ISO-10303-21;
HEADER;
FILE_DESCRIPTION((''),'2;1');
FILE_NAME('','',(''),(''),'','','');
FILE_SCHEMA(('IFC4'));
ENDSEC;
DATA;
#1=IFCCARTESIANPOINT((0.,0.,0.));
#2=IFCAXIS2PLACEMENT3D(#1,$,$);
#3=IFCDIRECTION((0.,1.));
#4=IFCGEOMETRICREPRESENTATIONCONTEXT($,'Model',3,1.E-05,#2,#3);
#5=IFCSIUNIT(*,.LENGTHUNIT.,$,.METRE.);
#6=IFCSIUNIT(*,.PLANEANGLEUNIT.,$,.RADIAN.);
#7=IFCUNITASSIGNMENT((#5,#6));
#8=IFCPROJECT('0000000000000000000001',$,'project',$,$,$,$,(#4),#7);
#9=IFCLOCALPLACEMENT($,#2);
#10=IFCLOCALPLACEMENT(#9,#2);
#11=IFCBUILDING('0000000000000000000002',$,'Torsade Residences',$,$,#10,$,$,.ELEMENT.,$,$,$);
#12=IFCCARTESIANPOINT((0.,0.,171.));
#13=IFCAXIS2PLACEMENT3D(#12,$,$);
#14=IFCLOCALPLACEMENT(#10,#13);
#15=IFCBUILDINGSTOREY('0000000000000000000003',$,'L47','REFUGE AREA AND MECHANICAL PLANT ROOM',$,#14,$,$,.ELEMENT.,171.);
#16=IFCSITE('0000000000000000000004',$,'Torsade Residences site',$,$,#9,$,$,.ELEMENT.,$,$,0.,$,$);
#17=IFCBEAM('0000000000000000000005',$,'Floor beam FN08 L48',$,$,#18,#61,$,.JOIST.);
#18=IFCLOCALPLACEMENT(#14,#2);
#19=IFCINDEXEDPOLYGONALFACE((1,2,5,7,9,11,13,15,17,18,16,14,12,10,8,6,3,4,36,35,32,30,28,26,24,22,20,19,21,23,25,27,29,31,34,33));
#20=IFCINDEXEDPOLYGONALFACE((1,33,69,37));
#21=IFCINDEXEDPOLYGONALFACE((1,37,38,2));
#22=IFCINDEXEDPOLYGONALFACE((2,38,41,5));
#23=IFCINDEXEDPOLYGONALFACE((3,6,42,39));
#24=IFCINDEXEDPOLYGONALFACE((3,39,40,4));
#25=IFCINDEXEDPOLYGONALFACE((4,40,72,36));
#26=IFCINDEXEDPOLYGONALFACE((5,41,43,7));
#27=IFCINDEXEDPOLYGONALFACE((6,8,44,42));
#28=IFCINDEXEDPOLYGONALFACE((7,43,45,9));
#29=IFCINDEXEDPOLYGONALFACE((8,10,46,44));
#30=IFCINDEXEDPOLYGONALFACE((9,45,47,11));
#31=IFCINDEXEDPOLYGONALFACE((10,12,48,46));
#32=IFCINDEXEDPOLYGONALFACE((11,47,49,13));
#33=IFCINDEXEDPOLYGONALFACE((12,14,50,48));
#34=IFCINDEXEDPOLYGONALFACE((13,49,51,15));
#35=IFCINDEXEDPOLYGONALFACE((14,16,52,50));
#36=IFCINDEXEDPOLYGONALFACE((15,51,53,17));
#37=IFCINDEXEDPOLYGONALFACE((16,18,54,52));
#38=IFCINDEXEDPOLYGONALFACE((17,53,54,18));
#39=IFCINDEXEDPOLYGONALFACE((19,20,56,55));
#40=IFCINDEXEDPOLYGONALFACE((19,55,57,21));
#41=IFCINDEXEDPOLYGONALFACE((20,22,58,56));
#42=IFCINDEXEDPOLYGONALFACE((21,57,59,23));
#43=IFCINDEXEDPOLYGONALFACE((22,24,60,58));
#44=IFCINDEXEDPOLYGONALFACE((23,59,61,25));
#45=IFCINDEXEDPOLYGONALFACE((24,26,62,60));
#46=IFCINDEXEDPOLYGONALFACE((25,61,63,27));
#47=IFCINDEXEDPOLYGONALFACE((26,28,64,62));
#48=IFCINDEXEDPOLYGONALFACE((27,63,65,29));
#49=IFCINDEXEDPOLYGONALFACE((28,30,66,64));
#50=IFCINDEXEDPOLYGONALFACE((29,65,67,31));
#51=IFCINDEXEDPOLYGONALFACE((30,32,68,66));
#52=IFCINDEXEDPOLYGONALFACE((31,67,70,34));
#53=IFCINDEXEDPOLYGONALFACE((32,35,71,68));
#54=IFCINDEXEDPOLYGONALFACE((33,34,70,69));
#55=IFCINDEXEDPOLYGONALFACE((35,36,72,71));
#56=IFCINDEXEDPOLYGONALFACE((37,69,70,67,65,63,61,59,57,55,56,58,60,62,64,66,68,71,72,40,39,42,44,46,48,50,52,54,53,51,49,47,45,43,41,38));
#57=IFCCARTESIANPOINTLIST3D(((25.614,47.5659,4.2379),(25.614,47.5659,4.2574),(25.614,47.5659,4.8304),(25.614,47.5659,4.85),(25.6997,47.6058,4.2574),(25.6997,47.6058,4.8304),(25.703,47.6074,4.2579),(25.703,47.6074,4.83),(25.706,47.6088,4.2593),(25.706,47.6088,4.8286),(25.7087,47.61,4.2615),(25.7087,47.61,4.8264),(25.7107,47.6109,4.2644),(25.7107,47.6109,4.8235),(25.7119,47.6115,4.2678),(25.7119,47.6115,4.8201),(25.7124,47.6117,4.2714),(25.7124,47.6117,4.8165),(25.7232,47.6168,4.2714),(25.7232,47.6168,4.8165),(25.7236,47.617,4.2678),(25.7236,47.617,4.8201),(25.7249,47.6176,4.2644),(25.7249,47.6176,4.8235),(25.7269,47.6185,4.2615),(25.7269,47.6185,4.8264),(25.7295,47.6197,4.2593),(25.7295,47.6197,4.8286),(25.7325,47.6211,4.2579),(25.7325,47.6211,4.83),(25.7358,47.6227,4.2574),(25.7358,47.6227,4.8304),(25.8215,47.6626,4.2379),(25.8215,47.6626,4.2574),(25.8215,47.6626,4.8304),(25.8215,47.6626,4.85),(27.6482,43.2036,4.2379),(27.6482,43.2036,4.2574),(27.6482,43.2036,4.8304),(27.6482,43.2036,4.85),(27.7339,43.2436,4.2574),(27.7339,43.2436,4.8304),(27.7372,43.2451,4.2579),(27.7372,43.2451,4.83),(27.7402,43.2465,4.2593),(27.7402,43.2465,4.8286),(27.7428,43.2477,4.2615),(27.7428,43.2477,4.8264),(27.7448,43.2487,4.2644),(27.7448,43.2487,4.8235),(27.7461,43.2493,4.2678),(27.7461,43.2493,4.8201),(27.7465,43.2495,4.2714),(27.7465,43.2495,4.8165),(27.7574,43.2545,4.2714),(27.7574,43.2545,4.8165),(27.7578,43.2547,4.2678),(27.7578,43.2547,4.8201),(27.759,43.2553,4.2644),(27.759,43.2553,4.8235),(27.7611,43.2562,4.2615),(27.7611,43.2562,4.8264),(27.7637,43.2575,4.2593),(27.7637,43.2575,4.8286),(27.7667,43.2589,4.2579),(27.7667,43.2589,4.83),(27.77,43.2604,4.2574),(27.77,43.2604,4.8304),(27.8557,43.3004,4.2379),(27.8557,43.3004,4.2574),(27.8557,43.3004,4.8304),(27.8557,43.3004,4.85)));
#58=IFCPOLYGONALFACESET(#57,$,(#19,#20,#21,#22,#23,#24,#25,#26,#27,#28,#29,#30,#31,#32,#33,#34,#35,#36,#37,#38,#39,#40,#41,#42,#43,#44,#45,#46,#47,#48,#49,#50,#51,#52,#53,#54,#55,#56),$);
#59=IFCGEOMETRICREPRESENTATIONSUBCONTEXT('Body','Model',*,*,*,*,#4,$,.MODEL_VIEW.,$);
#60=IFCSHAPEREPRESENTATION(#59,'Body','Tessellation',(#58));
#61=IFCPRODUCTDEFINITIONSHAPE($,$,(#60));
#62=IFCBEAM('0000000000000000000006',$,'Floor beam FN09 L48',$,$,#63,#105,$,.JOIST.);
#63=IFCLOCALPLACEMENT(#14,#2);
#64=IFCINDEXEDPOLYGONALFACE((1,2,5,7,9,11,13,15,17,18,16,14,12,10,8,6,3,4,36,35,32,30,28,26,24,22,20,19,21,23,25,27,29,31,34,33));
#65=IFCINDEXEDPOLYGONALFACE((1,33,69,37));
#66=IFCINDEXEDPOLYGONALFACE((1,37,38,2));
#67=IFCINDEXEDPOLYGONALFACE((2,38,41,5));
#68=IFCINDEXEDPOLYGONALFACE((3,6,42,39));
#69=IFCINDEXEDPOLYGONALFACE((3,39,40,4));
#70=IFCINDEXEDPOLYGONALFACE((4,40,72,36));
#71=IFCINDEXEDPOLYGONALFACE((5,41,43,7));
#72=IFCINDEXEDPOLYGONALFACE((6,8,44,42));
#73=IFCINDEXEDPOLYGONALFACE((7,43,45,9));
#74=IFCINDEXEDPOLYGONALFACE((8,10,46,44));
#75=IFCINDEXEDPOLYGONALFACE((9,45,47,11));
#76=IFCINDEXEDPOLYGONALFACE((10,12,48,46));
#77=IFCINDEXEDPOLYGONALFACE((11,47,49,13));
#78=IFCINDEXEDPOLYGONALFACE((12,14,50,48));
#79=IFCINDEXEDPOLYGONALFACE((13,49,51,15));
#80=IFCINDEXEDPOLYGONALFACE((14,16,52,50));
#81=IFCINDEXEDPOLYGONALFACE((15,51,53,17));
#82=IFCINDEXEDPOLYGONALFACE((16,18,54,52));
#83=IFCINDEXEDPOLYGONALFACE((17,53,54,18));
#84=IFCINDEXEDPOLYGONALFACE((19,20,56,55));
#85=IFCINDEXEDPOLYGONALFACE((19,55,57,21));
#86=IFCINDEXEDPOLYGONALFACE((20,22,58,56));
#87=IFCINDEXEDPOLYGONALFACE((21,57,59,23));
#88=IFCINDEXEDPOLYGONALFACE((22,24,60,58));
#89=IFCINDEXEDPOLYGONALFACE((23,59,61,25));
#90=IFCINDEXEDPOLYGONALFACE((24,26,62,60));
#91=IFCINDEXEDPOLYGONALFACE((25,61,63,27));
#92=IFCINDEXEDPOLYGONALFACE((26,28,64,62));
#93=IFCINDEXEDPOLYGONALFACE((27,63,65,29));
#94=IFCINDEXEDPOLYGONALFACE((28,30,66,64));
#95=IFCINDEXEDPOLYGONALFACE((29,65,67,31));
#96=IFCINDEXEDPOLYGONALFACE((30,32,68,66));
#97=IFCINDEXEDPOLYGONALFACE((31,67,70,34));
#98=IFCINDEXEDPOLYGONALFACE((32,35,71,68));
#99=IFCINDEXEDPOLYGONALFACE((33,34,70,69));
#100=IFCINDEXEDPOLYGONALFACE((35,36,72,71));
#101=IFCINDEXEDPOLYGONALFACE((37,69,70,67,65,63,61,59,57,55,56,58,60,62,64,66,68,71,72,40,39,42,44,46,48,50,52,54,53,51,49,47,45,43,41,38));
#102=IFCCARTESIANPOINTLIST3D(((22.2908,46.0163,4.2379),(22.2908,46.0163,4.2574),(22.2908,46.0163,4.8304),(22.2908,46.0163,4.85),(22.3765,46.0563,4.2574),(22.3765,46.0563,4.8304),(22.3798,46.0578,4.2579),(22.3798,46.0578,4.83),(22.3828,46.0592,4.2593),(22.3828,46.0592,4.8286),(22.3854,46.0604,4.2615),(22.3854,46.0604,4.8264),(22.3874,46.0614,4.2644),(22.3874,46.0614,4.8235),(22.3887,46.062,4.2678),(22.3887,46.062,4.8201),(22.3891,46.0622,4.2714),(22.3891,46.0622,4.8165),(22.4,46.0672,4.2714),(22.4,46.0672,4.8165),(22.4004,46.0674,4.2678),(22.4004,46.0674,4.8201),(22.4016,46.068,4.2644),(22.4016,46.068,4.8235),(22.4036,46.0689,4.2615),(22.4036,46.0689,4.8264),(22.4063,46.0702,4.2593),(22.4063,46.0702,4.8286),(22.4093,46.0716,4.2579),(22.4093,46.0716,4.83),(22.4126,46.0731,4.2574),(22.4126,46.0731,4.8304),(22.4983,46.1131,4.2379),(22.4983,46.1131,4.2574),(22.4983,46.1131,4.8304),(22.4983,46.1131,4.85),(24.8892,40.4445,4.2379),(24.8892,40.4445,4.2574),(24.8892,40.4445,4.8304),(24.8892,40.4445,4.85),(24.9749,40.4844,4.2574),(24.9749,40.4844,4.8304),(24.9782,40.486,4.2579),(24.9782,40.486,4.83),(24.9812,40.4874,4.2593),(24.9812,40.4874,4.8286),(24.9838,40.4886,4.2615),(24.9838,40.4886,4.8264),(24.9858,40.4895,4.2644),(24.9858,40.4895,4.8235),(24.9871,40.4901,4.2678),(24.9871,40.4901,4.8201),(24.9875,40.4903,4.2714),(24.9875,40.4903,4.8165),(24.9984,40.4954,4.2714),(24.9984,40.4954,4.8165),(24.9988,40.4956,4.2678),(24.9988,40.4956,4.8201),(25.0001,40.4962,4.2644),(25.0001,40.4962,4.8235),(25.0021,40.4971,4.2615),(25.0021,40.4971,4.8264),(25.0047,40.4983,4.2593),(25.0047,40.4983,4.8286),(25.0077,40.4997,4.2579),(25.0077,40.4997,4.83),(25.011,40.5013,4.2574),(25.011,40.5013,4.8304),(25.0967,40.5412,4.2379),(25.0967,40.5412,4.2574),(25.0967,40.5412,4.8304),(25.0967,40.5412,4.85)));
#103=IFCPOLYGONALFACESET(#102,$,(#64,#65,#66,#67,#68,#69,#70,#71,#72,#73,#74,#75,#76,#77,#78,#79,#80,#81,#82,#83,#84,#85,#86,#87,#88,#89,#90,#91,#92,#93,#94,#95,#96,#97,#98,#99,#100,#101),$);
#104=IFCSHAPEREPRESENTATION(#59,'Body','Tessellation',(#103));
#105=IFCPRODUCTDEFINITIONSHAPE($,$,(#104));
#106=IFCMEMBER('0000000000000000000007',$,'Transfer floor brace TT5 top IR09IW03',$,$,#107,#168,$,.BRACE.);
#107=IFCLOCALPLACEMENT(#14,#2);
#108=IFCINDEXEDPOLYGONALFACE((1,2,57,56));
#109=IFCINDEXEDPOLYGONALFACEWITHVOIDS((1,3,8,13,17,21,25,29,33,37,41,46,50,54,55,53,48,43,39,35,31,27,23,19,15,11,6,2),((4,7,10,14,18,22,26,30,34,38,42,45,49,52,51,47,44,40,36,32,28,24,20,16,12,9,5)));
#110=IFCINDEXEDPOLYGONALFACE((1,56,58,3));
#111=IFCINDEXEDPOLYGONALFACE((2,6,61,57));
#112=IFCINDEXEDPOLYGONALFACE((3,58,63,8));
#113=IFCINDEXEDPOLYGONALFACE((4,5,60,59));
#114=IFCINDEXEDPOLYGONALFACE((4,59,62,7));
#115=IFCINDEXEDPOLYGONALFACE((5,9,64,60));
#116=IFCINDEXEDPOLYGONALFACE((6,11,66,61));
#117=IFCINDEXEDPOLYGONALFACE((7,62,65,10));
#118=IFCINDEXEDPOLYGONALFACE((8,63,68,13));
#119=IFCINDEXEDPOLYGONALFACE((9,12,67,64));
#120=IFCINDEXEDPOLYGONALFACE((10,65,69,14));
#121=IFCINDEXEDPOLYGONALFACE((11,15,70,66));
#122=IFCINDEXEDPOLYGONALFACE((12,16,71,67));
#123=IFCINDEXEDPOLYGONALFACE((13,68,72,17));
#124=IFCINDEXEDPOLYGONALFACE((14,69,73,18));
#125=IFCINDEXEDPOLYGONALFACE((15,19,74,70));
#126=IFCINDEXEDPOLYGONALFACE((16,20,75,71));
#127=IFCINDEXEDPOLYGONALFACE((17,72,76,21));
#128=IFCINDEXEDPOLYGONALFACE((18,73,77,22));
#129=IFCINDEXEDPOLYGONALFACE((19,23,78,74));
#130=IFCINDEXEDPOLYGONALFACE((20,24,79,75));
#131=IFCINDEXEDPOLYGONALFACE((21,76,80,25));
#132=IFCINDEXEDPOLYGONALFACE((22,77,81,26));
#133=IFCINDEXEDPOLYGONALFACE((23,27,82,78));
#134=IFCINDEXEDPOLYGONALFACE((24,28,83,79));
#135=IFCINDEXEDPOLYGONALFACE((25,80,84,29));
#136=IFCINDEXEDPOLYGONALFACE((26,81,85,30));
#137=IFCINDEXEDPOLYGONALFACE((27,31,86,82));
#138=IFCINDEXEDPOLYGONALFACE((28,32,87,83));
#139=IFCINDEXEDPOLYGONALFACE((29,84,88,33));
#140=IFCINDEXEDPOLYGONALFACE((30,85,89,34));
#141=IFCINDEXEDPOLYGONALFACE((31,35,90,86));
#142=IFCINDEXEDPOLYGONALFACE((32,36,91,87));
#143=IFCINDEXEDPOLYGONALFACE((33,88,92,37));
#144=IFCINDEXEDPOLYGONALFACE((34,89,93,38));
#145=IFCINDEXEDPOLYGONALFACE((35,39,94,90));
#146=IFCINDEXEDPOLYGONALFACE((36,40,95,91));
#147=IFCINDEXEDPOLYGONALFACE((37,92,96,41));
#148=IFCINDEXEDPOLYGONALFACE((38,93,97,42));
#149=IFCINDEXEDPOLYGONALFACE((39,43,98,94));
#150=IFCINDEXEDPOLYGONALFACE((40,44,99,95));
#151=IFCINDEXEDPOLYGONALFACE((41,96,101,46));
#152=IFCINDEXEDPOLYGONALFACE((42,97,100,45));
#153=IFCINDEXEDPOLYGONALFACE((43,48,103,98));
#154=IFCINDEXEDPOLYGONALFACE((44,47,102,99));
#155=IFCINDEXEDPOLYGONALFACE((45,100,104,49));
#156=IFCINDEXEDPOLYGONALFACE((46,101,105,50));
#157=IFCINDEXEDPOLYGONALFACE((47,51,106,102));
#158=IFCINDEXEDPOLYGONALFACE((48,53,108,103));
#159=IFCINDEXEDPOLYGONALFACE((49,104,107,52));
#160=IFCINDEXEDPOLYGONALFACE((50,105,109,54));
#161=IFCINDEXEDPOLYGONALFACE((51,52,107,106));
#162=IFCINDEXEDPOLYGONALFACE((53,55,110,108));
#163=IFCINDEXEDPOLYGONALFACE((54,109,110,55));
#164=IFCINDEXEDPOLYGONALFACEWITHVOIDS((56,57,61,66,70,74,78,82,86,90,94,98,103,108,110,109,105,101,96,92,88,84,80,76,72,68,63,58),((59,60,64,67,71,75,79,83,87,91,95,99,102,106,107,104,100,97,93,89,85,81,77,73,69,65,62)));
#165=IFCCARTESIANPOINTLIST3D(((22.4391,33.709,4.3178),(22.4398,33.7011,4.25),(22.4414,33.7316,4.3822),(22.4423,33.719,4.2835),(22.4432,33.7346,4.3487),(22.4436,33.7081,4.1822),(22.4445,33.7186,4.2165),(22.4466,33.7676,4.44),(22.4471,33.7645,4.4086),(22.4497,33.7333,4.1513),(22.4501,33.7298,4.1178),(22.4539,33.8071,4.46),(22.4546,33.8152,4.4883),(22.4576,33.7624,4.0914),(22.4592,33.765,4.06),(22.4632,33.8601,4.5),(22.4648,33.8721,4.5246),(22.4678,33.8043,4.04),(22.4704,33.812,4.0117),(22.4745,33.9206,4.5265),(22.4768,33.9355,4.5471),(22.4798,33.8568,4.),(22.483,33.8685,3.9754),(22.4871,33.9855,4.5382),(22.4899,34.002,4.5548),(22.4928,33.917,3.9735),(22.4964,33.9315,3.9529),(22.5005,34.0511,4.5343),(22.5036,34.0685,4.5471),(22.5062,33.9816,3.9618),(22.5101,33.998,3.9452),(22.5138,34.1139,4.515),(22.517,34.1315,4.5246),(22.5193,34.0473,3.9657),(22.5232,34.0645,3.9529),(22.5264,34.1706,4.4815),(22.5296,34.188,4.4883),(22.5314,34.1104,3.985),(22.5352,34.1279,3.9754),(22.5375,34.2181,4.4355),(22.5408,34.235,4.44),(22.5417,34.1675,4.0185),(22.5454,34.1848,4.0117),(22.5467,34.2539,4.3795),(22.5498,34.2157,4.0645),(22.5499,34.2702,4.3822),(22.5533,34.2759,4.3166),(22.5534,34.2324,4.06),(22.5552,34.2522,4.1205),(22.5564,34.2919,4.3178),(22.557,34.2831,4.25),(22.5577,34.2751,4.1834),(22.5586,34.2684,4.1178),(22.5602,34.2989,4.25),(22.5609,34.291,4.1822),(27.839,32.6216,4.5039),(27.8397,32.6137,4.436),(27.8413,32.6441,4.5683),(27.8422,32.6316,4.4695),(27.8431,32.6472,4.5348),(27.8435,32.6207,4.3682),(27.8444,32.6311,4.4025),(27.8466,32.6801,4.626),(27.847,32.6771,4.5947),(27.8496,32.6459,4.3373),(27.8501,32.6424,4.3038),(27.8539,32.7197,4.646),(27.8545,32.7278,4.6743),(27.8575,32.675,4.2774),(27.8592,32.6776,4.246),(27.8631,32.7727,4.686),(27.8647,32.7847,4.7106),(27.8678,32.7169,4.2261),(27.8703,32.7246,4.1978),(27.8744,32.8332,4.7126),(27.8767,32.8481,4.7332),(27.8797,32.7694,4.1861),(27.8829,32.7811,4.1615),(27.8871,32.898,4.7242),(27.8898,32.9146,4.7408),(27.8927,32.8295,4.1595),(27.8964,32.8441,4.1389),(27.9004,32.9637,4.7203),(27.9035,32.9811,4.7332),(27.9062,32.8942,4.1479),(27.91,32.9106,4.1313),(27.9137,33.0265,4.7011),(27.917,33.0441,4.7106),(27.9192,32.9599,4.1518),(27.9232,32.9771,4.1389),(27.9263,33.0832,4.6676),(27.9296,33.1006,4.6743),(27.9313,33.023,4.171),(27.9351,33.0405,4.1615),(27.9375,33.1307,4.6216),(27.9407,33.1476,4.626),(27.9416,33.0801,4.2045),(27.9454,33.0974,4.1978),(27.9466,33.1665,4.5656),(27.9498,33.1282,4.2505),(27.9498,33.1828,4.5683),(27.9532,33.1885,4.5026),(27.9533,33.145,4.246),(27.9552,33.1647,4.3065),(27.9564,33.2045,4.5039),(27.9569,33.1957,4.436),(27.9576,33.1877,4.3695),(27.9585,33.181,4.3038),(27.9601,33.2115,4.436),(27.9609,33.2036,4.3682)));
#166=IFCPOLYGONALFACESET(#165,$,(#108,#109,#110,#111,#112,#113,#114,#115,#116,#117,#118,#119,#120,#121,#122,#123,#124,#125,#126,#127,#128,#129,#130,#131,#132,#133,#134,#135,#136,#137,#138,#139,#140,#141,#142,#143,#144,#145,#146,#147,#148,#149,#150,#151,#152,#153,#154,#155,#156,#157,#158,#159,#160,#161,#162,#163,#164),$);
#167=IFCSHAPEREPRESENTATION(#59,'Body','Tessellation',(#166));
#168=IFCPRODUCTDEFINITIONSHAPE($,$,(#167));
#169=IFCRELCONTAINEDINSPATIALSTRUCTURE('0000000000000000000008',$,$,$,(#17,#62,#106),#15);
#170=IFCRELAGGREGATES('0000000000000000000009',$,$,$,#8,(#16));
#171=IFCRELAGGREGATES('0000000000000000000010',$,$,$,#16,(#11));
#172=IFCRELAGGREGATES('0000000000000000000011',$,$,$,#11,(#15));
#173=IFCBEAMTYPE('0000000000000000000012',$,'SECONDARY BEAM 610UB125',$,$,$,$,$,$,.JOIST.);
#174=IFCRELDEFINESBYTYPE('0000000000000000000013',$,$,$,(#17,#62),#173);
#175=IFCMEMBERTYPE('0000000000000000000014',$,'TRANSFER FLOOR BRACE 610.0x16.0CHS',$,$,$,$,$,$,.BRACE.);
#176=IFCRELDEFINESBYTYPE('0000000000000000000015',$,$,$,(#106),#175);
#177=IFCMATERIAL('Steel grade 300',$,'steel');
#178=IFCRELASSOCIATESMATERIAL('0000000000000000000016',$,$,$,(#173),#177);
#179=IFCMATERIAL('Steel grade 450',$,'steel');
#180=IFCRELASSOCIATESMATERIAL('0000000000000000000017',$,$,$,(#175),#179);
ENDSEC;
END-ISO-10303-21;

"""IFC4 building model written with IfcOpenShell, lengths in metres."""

from ifc_helpers import new_model, si_unit, direction, frame, origin, origin_2d, place, context, subcontext, project, spatial, hollow_circle, i_section, extrude, material, material_profile, profile_set, type_object, element, save


model = new_model("IFC4")

# Units and contexts
model_context = context("Model", 3, precision=1e-05, world=origin(), true_north=direction((0.0, 1.0)))
body_context = subcontext(model_context, "Body", "Model", "MODEL_VIEW")
ifc_project = project(units=[si_unit("LENGTHUNIT", "METRE"), si_unit("PLANEANGLEUNIT", "RADIAN")], contexts=[model_context])

# Site, building, storey
site_placement = place(None, origin())
site = spatial("IfcSite", under=ifc_project, at=site_placement, Name="Torsade Residences site", CompositionType="ELEMENT", RefElevation=0.0)
building_placement = place(site_placement, origin())
building = spatial("IfcBuilding", under=site, at=building_placement, Name="Torsade Residences", CompositionType="ELEMENT")
storey_placement = place(building_placement, frame((0.0, 0.0, 171.0)))
storey = spatial("IfcBuildingStorey", under=building, at=storey_placement, Name="L47", Description="REFUGE AREA AND MECHANICAL PLANT ROOM", CompositionType="ELEMENT", Elevation=171.0)

# Beams
ifc_material_1 = material(Name="Steel grade 300", Category="steel")
ifc_material_profile_1 = material_profile(ifc_material_1, i_section(OverallWidth=0.229, OverallDepth=0.6121, WebThickness=0.012, FlangeThickness=0.0195, FilletRadius=0.0139, at=origin_2d()), Name="610UB125")
ifc_profile_set_1 = profile_set([ifc_material_profile_1], Name="Steel grade 300")
beam_type_1 = type_object("IfcBeamType", Name="SECONDARY BEAM 610UB125", PredefinedType="JOIST", material=ifc_profile_set_1)
beam_1_placement = place(storey_placement, frame((25.7178, 47.6143, 4.5439), z_axis=(0.422619, -0.906308, 0.0), x_axis=(0.906308, 0.422619, 0.0)))
element("IfcBeam", 1, at=beam_1_placement, inside=storey, type_object=beam_type_1, Name="Floor beam FN08 L48", PredefinedType="JOIST", context=body_context, shape_type="SweptSolid", body=[
    extrude(i_section(OverallWidth=0.229, OverallDepth=0.6121, WebThickness=0.012, FlangeThickness=0.0195, FilletRadius=0.0139, at=origin_2d()), origin(), (0.0, 0.0, 1.0), 4.8132),
])
beam_2_placement = place(storey_placement, frame((22.3945, 46.0647, 4.5439), z_axis=(0.422648, -0.906294, 0.0), x_axis=(0.906294, 0.422648, 0.0)))
element("IfcBeam", 2, at=beam_2_placement, inside=storey, type_object=beam_type_1, Name="Floor beam FN09 L48", PredefinedType="JOIST", context=body_context, shape_type="SweptSolid", body=[
    extrude(i_section(OverallWidth=0.229, OverallDepth=0.6121, WebThickness=0.012, FlangeThickness=0.0195, FilletRadius=0.0139, at=origin_2d()), origin(), (0.0, 0.0, 1.0), 6.1479),
])

# Member
ifc_material_2 = material(Name="Steel grade 450", Category="steel")
ifc_material_profile_2 = material_profile(ifc_material_2, hollow_circle(Radius=0.3049, WallThickness=0.0161, at=origin_2d()), Name="610.0x16.0CHS")
ifc_profile_set_2 = profile_set([ifc_material_profile_2], Name="Steel grade 450")
member_type_1 = type_object("IfcMemberType", Name="TRANSFER FLOOR BRACE 610.0x16.0CHS", PredefinedType="BRACE", material=ifc_profile_set_2)
member_1_placement = place(storey_placement, frame((22.5, 34.0, 4.25), z_axis=(0.979762, -0.197299, 0.033754), x_axis=(0.197412, 0.980321, 0.0)))
element("IfcMember", 3, at=member_1_placement, inside=storey, type_object=member_type_1, Name="Transfer floor brace TT5 top IR09IW03", PredefinedType="BRACE", context=body_context, shape_type="SweptSolid", body=[
    extrude(hollow_circle(Radius=0.3049, WallThickness=0.0161, at=origin_2d()), origin(), (0.0, 0.0, 1.0), 5.5115),
])

save(model, "model.ifc")
